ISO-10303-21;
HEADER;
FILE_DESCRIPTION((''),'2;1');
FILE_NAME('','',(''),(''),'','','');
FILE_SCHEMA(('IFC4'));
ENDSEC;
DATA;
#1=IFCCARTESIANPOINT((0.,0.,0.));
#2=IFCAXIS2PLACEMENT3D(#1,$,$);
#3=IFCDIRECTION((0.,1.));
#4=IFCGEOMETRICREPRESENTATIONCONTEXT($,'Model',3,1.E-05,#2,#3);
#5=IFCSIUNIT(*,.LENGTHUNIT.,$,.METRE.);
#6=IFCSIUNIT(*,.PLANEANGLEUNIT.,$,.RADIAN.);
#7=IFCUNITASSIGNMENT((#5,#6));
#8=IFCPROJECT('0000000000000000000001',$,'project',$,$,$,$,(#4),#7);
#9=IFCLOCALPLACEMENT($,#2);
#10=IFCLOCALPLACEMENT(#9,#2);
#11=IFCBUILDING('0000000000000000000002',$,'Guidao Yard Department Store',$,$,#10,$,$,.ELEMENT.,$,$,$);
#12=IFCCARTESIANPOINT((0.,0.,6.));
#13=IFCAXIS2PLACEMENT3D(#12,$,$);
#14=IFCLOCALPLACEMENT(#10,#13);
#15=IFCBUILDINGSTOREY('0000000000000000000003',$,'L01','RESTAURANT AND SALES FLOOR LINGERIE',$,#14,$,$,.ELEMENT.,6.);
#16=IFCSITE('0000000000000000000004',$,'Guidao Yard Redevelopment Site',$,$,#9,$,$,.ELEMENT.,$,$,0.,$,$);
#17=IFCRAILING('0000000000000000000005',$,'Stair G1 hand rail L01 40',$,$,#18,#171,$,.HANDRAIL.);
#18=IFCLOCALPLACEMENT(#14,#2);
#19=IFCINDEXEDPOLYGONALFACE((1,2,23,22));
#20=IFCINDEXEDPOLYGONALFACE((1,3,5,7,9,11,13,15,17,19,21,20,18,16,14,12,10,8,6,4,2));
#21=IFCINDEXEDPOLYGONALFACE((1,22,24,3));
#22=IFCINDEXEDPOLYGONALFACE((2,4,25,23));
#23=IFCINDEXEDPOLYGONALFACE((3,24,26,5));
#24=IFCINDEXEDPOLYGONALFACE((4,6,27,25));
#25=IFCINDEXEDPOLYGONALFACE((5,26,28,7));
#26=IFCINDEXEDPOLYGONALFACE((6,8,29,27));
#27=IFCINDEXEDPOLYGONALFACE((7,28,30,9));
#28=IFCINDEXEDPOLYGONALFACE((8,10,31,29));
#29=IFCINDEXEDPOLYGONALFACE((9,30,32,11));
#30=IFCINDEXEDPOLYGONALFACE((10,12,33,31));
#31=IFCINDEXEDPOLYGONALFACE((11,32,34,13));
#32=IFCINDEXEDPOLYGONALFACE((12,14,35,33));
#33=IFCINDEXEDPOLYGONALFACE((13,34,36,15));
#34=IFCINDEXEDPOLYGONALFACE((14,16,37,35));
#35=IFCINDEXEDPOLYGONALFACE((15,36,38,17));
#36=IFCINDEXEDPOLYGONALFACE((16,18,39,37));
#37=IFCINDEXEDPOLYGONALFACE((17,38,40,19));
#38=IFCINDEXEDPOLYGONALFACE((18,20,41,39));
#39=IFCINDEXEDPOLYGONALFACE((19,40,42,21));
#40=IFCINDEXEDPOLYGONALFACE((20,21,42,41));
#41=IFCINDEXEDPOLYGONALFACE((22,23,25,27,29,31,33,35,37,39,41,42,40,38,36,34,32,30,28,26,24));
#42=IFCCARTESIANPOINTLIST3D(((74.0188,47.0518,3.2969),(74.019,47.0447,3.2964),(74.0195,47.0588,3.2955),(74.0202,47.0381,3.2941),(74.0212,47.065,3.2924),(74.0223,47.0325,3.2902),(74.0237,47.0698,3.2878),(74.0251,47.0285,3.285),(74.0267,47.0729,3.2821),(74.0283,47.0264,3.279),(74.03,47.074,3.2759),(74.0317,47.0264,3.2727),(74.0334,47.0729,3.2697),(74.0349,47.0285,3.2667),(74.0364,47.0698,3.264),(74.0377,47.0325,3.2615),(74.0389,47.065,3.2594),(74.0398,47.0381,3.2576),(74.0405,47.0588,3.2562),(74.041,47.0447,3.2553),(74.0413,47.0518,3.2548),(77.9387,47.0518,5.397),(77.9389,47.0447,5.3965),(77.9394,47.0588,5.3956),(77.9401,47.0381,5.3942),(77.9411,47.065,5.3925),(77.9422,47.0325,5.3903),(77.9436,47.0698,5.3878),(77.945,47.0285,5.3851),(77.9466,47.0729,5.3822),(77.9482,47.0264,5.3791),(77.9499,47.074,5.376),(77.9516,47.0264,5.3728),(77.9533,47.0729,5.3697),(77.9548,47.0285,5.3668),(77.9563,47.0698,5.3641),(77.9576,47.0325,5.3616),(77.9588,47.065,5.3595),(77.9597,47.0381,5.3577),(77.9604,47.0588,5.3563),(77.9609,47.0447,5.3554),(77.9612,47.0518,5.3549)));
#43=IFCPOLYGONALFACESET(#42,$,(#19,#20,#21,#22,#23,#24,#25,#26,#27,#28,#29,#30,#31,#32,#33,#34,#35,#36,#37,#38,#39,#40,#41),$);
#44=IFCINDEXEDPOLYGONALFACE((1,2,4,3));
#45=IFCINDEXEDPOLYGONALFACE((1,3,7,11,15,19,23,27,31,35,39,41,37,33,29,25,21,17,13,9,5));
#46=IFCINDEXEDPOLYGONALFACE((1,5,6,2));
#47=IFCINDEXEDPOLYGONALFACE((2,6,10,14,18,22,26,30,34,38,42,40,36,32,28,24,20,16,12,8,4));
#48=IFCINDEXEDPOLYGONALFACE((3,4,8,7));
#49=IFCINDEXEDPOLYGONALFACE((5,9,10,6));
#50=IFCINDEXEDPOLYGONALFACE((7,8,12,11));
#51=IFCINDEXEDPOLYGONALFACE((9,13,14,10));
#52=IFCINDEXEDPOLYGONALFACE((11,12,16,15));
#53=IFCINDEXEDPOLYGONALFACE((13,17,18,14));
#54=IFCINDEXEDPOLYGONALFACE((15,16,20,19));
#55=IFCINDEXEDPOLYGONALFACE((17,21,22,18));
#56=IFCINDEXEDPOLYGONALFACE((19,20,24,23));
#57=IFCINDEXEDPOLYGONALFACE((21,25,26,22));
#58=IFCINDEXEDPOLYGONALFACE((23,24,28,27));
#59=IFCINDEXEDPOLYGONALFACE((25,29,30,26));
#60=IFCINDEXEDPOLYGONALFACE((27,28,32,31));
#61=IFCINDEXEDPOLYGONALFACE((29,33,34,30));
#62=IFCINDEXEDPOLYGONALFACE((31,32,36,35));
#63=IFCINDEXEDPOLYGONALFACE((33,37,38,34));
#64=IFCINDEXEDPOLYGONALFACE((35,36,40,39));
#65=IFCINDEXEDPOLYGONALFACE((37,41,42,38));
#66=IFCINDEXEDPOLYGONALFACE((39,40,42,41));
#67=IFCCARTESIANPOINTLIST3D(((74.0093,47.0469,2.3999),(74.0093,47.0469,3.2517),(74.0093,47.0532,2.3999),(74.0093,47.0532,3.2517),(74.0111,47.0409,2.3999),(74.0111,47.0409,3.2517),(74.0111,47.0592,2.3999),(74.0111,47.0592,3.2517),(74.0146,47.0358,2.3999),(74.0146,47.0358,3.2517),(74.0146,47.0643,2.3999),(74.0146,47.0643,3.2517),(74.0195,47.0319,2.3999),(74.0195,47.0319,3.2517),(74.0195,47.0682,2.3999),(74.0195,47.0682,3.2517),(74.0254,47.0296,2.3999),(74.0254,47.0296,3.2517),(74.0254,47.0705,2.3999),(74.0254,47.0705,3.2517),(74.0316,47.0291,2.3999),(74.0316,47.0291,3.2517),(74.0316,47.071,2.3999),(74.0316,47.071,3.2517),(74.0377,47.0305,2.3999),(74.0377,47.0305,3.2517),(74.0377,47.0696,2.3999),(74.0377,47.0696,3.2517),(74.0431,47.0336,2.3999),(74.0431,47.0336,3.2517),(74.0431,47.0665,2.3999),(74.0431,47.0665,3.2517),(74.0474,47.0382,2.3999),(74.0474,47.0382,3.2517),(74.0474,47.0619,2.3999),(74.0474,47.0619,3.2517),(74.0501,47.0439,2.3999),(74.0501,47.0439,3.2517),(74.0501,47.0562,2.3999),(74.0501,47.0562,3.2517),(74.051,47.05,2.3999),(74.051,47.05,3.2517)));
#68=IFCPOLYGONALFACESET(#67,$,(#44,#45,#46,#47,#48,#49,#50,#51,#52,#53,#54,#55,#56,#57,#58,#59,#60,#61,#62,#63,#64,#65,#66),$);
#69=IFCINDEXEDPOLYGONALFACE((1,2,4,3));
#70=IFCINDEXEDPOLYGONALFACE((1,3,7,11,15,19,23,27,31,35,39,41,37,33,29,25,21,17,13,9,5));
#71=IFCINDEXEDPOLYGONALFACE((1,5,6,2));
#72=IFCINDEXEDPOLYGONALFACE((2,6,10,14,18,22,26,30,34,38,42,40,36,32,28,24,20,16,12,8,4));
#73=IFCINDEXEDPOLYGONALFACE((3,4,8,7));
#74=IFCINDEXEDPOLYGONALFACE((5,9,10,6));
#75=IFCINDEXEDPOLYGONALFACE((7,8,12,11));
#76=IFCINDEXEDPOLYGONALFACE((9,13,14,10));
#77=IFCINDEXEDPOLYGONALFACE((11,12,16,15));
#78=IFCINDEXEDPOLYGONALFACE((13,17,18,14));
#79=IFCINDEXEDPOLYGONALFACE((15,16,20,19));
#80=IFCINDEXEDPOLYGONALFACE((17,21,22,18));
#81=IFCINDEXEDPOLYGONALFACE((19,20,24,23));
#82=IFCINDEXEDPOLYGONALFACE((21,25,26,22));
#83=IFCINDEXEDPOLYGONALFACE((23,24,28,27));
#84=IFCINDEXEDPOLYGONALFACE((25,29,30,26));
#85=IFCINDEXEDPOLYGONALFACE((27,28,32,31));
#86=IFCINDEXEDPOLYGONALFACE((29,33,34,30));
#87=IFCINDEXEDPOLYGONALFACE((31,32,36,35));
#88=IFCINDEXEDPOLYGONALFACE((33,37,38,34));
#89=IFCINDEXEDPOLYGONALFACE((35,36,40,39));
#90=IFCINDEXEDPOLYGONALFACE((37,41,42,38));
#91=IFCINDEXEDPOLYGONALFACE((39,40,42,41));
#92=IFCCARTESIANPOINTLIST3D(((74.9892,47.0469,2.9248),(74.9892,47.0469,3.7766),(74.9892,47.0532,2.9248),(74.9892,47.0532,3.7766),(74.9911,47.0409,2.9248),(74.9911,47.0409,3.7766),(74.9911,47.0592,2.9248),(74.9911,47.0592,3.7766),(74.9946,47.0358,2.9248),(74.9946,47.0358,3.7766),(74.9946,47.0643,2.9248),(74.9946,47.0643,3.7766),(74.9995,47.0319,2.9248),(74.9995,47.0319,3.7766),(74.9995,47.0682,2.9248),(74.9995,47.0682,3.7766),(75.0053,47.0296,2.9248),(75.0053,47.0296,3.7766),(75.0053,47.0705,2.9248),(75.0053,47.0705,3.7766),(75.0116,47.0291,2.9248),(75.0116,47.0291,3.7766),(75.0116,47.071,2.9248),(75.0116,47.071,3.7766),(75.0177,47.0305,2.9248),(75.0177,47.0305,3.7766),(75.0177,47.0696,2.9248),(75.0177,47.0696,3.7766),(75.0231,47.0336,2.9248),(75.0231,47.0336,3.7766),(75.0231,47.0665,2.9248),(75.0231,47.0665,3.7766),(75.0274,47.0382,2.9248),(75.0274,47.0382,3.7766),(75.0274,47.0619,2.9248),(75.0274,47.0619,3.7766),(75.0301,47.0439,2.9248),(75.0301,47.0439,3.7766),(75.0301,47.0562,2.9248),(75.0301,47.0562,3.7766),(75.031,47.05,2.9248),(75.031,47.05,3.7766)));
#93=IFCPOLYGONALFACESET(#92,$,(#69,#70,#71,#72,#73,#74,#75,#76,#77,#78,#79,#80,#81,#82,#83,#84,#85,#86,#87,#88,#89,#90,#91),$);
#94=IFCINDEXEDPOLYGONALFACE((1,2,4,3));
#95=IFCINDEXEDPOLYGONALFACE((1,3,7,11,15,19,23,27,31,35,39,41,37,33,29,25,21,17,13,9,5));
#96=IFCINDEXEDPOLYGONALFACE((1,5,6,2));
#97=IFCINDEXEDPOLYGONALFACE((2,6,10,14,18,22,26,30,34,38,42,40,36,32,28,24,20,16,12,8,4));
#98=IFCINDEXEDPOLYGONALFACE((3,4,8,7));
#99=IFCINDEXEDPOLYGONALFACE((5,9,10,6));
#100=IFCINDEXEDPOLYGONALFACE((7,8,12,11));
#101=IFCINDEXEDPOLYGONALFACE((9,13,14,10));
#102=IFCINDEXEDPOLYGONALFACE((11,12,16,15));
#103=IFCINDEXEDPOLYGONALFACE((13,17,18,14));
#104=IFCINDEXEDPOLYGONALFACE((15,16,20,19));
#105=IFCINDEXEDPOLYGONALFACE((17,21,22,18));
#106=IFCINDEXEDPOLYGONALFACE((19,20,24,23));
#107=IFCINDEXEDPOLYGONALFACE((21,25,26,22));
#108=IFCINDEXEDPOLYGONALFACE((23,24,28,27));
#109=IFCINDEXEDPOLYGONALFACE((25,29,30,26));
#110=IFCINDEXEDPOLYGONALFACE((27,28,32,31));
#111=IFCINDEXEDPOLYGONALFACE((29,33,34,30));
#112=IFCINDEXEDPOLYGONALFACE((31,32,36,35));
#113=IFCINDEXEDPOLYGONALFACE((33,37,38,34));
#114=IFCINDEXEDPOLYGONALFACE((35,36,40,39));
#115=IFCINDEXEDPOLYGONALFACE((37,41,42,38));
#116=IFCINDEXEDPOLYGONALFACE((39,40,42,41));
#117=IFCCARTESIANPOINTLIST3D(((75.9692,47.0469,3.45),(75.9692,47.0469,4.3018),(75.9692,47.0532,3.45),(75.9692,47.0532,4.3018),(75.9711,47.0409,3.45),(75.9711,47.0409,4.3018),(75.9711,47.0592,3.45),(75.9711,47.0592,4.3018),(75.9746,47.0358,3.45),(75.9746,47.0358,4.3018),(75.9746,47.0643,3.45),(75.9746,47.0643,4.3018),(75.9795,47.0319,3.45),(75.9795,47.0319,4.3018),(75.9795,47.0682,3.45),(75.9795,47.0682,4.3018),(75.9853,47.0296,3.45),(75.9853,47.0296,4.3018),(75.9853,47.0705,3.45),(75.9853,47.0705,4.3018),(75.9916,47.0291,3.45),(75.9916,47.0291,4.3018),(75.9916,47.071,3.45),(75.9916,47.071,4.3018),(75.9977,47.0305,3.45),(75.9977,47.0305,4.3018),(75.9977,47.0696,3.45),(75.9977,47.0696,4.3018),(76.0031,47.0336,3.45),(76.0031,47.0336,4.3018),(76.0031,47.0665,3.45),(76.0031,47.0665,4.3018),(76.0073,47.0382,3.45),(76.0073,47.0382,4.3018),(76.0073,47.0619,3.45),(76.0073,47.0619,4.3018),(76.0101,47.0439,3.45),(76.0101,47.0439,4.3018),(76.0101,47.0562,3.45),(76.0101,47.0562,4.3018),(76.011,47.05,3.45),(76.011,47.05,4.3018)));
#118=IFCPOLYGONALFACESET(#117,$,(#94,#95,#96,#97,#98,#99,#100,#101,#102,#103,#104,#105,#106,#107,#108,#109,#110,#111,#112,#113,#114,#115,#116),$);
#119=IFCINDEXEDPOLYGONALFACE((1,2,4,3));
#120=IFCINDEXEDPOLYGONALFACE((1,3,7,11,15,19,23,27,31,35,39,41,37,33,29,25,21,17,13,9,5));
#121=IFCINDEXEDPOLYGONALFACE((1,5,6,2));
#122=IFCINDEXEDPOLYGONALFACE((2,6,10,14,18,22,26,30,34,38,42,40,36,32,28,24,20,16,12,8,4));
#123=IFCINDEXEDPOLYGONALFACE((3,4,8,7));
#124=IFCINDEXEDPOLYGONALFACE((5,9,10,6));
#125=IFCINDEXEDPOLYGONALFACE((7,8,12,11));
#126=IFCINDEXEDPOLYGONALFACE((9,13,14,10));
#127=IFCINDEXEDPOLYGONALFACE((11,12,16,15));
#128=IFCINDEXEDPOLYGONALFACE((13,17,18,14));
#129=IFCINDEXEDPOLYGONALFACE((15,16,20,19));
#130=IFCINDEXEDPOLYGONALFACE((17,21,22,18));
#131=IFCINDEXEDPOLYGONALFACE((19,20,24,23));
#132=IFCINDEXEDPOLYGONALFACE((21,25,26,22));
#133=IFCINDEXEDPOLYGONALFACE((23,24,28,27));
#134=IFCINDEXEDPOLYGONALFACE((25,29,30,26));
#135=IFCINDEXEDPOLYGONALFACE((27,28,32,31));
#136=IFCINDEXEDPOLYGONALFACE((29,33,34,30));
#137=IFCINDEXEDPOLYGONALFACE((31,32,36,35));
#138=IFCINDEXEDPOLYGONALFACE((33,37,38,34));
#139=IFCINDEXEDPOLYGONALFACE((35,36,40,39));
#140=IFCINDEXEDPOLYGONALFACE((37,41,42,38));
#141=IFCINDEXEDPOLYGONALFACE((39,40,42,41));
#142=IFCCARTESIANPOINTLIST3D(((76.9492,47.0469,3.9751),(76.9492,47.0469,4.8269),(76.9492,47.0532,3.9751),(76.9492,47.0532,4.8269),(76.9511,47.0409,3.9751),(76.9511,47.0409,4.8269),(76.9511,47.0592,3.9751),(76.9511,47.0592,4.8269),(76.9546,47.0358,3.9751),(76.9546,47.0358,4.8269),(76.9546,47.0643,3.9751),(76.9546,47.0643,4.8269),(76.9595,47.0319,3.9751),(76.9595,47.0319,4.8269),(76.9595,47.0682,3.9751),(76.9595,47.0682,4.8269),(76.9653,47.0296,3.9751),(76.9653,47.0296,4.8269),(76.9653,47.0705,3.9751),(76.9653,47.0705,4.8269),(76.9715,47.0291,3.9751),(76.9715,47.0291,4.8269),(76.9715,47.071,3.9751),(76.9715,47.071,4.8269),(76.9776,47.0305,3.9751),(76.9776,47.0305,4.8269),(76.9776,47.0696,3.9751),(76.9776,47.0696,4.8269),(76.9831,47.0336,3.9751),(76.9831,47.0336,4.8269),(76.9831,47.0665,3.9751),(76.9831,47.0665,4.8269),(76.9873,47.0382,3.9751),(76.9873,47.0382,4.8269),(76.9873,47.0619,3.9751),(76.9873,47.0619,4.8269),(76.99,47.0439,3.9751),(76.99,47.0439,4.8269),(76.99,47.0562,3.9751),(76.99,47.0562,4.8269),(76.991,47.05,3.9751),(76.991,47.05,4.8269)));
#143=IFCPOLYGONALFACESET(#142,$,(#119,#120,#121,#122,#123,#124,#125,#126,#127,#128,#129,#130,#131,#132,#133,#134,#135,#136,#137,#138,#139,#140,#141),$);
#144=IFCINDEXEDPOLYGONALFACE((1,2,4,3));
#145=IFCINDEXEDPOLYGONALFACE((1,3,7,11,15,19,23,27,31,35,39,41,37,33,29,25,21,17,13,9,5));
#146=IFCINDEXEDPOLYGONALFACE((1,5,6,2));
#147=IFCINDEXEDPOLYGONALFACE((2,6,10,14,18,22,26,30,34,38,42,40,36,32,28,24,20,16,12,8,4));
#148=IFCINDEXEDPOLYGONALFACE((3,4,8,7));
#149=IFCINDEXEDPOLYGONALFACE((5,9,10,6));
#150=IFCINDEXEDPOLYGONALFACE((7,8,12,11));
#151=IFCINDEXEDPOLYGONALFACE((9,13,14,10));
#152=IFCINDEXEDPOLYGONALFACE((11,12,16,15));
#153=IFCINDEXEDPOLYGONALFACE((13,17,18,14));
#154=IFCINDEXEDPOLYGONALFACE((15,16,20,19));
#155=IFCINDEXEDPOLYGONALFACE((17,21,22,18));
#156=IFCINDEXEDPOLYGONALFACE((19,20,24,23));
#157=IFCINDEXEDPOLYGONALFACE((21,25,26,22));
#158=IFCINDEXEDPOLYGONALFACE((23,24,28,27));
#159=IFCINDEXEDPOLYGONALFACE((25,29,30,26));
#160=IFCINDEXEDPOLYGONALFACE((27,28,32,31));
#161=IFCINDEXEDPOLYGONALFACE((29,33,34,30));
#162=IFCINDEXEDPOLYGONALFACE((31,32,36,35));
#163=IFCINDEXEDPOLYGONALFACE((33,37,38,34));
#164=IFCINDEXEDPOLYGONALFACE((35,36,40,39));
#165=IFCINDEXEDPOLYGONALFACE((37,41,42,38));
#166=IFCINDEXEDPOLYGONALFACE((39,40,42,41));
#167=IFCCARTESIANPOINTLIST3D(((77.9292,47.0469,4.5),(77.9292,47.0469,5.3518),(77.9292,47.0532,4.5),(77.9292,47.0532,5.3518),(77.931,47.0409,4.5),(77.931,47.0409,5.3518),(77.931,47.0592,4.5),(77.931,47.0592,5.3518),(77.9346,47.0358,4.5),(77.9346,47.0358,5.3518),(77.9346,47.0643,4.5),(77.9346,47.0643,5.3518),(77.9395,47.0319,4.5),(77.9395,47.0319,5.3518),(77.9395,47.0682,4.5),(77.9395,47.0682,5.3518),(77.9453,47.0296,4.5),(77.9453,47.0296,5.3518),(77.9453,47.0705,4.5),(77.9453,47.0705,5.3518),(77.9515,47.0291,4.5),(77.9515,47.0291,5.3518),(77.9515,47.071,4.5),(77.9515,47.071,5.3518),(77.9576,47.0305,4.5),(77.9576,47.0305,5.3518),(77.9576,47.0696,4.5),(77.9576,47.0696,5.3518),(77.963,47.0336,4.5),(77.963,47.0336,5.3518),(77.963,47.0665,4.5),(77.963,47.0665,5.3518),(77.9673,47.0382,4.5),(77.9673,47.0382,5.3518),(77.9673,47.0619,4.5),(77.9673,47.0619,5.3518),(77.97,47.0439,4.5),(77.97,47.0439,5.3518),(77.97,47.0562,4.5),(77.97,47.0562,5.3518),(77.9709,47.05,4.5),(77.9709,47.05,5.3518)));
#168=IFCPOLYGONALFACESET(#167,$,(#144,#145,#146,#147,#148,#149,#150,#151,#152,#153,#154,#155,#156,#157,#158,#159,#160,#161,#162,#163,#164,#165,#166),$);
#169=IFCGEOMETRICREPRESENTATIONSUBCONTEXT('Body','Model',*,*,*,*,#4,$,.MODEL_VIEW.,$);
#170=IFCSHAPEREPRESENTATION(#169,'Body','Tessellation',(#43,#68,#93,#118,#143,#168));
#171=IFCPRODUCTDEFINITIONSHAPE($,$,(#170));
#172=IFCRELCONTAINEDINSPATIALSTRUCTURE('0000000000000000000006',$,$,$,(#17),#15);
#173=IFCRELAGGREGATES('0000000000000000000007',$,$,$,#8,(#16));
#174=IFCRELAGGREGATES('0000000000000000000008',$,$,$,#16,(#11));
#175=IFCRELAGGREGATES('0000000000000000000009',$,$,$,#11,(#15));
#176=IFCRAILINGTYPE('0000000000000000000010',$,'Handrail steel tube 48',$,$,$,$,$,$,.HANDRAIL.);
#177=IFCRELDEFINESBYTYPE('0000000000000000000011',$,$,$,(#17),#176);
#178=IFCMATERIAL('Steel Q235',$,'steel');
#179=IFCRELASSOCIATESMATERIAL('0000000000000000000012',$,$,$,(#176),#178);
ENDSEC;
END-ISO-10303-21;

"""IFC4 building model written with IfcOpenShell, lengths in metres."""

from ifc_helpers import new_model, si_unit, direction, frame, origin, origin_2d, place, context, subcontext, project, spatial, circle, extrude, material, type_object, element, save


model = new_model("IFC4")

# Units and contexts
model_context = context("Model", 3, precision=1e-05, world=origin(), true_north=direction((0.0, 1.0)))
body_context = subcontext(model_context, "Body", "Model", "MODEL_VIEW")
ifc_project = project(units=[si_unit("LENGTHUNIT", "METRE"), si_unit("PLANEANGLEUNIT", "RADIAN")], contexts=[model_context])

# Site, building, storey
site_placement = place(None, origin())
site = spatial("IfcSite", under=ifc_project, at=site_placement, Name="Guidao Yard Redevelopment Site", CompositionType="ELEMENT", RefElevation=0.0)
building_placement = place(site_placement, origin())
building = spatial("IfcBuilding", under=site, at=building_placement, Name="Guidao Yard Department Store", CompositionType="ELEMENT")
storey_placement = place(building_placement, frame((0.0, 0.0, 6.0)))
storey = spatial("IfcBuildingStorey", under=building, at=storey_placement, Name="L01", Description="RESTAURANT AND SALES FLOOR LINGERIE", CompositionType="ELEMENT", Elevation=6.0)

# Railing
ifc_material_1 = material(Name="Steel Q235", Category="steel")
railing_type_1 = type_object("IfcRailingType", Name="Handrail steel tube 48", PredefinedType="HANDRAIL", material=ifc_material_1)
for number, where, name in (
    (1, (74.03, 47.05, 2.3999), "Stair G1 hand rail L01 40"),
):
    element("IfcRailing", number, at=place(storey_placement, frame(where)), inside=storey, type_object=railing_type_1, Name=name, PredefinedType="HANDRAIL", context=body_context, shape_type="SweptSolid", body=[
        extrude(circle(Radius=0.0239, at=origin_2d()), frame((0.0, 0.0, 0.876), z_axis=(0.881467, 0.0, 0.472246), x_axis=(0.0, 1.0, 0.0)), (0.0, 0.0, 1.0), 4.447),
        extrude(circle(Radius=0.021, at=origin_2d()), origin(), (0.0, 0.0, 1.0), 0.8518),
        extrude(circle(Radius=0.021, at=origin_2d()), frame((0.98, 0.0, 0.5249)), (0.0, 0.0, 1.0), 0.8518),
        extrude(circle(Radius=0.021, at=origin_2d()), frame((1.96, 0.0, 1.05)), (0.0, 0.0, 1.0), 0.8518),
        extrude(circle(Radius=0.021, at=origin_2d()), frame((2.9399, 0.0, 1.5752)), (0.0, 0.0, 1.0), 0.8518),
        extrude(circle(Radius=0.021, at=origin_2d()), frame((3.9199, 0.0, 2.1001)), (0.0, 0.0, 1.0), 0.8518),
    ])

save(model, "model.ifc")
